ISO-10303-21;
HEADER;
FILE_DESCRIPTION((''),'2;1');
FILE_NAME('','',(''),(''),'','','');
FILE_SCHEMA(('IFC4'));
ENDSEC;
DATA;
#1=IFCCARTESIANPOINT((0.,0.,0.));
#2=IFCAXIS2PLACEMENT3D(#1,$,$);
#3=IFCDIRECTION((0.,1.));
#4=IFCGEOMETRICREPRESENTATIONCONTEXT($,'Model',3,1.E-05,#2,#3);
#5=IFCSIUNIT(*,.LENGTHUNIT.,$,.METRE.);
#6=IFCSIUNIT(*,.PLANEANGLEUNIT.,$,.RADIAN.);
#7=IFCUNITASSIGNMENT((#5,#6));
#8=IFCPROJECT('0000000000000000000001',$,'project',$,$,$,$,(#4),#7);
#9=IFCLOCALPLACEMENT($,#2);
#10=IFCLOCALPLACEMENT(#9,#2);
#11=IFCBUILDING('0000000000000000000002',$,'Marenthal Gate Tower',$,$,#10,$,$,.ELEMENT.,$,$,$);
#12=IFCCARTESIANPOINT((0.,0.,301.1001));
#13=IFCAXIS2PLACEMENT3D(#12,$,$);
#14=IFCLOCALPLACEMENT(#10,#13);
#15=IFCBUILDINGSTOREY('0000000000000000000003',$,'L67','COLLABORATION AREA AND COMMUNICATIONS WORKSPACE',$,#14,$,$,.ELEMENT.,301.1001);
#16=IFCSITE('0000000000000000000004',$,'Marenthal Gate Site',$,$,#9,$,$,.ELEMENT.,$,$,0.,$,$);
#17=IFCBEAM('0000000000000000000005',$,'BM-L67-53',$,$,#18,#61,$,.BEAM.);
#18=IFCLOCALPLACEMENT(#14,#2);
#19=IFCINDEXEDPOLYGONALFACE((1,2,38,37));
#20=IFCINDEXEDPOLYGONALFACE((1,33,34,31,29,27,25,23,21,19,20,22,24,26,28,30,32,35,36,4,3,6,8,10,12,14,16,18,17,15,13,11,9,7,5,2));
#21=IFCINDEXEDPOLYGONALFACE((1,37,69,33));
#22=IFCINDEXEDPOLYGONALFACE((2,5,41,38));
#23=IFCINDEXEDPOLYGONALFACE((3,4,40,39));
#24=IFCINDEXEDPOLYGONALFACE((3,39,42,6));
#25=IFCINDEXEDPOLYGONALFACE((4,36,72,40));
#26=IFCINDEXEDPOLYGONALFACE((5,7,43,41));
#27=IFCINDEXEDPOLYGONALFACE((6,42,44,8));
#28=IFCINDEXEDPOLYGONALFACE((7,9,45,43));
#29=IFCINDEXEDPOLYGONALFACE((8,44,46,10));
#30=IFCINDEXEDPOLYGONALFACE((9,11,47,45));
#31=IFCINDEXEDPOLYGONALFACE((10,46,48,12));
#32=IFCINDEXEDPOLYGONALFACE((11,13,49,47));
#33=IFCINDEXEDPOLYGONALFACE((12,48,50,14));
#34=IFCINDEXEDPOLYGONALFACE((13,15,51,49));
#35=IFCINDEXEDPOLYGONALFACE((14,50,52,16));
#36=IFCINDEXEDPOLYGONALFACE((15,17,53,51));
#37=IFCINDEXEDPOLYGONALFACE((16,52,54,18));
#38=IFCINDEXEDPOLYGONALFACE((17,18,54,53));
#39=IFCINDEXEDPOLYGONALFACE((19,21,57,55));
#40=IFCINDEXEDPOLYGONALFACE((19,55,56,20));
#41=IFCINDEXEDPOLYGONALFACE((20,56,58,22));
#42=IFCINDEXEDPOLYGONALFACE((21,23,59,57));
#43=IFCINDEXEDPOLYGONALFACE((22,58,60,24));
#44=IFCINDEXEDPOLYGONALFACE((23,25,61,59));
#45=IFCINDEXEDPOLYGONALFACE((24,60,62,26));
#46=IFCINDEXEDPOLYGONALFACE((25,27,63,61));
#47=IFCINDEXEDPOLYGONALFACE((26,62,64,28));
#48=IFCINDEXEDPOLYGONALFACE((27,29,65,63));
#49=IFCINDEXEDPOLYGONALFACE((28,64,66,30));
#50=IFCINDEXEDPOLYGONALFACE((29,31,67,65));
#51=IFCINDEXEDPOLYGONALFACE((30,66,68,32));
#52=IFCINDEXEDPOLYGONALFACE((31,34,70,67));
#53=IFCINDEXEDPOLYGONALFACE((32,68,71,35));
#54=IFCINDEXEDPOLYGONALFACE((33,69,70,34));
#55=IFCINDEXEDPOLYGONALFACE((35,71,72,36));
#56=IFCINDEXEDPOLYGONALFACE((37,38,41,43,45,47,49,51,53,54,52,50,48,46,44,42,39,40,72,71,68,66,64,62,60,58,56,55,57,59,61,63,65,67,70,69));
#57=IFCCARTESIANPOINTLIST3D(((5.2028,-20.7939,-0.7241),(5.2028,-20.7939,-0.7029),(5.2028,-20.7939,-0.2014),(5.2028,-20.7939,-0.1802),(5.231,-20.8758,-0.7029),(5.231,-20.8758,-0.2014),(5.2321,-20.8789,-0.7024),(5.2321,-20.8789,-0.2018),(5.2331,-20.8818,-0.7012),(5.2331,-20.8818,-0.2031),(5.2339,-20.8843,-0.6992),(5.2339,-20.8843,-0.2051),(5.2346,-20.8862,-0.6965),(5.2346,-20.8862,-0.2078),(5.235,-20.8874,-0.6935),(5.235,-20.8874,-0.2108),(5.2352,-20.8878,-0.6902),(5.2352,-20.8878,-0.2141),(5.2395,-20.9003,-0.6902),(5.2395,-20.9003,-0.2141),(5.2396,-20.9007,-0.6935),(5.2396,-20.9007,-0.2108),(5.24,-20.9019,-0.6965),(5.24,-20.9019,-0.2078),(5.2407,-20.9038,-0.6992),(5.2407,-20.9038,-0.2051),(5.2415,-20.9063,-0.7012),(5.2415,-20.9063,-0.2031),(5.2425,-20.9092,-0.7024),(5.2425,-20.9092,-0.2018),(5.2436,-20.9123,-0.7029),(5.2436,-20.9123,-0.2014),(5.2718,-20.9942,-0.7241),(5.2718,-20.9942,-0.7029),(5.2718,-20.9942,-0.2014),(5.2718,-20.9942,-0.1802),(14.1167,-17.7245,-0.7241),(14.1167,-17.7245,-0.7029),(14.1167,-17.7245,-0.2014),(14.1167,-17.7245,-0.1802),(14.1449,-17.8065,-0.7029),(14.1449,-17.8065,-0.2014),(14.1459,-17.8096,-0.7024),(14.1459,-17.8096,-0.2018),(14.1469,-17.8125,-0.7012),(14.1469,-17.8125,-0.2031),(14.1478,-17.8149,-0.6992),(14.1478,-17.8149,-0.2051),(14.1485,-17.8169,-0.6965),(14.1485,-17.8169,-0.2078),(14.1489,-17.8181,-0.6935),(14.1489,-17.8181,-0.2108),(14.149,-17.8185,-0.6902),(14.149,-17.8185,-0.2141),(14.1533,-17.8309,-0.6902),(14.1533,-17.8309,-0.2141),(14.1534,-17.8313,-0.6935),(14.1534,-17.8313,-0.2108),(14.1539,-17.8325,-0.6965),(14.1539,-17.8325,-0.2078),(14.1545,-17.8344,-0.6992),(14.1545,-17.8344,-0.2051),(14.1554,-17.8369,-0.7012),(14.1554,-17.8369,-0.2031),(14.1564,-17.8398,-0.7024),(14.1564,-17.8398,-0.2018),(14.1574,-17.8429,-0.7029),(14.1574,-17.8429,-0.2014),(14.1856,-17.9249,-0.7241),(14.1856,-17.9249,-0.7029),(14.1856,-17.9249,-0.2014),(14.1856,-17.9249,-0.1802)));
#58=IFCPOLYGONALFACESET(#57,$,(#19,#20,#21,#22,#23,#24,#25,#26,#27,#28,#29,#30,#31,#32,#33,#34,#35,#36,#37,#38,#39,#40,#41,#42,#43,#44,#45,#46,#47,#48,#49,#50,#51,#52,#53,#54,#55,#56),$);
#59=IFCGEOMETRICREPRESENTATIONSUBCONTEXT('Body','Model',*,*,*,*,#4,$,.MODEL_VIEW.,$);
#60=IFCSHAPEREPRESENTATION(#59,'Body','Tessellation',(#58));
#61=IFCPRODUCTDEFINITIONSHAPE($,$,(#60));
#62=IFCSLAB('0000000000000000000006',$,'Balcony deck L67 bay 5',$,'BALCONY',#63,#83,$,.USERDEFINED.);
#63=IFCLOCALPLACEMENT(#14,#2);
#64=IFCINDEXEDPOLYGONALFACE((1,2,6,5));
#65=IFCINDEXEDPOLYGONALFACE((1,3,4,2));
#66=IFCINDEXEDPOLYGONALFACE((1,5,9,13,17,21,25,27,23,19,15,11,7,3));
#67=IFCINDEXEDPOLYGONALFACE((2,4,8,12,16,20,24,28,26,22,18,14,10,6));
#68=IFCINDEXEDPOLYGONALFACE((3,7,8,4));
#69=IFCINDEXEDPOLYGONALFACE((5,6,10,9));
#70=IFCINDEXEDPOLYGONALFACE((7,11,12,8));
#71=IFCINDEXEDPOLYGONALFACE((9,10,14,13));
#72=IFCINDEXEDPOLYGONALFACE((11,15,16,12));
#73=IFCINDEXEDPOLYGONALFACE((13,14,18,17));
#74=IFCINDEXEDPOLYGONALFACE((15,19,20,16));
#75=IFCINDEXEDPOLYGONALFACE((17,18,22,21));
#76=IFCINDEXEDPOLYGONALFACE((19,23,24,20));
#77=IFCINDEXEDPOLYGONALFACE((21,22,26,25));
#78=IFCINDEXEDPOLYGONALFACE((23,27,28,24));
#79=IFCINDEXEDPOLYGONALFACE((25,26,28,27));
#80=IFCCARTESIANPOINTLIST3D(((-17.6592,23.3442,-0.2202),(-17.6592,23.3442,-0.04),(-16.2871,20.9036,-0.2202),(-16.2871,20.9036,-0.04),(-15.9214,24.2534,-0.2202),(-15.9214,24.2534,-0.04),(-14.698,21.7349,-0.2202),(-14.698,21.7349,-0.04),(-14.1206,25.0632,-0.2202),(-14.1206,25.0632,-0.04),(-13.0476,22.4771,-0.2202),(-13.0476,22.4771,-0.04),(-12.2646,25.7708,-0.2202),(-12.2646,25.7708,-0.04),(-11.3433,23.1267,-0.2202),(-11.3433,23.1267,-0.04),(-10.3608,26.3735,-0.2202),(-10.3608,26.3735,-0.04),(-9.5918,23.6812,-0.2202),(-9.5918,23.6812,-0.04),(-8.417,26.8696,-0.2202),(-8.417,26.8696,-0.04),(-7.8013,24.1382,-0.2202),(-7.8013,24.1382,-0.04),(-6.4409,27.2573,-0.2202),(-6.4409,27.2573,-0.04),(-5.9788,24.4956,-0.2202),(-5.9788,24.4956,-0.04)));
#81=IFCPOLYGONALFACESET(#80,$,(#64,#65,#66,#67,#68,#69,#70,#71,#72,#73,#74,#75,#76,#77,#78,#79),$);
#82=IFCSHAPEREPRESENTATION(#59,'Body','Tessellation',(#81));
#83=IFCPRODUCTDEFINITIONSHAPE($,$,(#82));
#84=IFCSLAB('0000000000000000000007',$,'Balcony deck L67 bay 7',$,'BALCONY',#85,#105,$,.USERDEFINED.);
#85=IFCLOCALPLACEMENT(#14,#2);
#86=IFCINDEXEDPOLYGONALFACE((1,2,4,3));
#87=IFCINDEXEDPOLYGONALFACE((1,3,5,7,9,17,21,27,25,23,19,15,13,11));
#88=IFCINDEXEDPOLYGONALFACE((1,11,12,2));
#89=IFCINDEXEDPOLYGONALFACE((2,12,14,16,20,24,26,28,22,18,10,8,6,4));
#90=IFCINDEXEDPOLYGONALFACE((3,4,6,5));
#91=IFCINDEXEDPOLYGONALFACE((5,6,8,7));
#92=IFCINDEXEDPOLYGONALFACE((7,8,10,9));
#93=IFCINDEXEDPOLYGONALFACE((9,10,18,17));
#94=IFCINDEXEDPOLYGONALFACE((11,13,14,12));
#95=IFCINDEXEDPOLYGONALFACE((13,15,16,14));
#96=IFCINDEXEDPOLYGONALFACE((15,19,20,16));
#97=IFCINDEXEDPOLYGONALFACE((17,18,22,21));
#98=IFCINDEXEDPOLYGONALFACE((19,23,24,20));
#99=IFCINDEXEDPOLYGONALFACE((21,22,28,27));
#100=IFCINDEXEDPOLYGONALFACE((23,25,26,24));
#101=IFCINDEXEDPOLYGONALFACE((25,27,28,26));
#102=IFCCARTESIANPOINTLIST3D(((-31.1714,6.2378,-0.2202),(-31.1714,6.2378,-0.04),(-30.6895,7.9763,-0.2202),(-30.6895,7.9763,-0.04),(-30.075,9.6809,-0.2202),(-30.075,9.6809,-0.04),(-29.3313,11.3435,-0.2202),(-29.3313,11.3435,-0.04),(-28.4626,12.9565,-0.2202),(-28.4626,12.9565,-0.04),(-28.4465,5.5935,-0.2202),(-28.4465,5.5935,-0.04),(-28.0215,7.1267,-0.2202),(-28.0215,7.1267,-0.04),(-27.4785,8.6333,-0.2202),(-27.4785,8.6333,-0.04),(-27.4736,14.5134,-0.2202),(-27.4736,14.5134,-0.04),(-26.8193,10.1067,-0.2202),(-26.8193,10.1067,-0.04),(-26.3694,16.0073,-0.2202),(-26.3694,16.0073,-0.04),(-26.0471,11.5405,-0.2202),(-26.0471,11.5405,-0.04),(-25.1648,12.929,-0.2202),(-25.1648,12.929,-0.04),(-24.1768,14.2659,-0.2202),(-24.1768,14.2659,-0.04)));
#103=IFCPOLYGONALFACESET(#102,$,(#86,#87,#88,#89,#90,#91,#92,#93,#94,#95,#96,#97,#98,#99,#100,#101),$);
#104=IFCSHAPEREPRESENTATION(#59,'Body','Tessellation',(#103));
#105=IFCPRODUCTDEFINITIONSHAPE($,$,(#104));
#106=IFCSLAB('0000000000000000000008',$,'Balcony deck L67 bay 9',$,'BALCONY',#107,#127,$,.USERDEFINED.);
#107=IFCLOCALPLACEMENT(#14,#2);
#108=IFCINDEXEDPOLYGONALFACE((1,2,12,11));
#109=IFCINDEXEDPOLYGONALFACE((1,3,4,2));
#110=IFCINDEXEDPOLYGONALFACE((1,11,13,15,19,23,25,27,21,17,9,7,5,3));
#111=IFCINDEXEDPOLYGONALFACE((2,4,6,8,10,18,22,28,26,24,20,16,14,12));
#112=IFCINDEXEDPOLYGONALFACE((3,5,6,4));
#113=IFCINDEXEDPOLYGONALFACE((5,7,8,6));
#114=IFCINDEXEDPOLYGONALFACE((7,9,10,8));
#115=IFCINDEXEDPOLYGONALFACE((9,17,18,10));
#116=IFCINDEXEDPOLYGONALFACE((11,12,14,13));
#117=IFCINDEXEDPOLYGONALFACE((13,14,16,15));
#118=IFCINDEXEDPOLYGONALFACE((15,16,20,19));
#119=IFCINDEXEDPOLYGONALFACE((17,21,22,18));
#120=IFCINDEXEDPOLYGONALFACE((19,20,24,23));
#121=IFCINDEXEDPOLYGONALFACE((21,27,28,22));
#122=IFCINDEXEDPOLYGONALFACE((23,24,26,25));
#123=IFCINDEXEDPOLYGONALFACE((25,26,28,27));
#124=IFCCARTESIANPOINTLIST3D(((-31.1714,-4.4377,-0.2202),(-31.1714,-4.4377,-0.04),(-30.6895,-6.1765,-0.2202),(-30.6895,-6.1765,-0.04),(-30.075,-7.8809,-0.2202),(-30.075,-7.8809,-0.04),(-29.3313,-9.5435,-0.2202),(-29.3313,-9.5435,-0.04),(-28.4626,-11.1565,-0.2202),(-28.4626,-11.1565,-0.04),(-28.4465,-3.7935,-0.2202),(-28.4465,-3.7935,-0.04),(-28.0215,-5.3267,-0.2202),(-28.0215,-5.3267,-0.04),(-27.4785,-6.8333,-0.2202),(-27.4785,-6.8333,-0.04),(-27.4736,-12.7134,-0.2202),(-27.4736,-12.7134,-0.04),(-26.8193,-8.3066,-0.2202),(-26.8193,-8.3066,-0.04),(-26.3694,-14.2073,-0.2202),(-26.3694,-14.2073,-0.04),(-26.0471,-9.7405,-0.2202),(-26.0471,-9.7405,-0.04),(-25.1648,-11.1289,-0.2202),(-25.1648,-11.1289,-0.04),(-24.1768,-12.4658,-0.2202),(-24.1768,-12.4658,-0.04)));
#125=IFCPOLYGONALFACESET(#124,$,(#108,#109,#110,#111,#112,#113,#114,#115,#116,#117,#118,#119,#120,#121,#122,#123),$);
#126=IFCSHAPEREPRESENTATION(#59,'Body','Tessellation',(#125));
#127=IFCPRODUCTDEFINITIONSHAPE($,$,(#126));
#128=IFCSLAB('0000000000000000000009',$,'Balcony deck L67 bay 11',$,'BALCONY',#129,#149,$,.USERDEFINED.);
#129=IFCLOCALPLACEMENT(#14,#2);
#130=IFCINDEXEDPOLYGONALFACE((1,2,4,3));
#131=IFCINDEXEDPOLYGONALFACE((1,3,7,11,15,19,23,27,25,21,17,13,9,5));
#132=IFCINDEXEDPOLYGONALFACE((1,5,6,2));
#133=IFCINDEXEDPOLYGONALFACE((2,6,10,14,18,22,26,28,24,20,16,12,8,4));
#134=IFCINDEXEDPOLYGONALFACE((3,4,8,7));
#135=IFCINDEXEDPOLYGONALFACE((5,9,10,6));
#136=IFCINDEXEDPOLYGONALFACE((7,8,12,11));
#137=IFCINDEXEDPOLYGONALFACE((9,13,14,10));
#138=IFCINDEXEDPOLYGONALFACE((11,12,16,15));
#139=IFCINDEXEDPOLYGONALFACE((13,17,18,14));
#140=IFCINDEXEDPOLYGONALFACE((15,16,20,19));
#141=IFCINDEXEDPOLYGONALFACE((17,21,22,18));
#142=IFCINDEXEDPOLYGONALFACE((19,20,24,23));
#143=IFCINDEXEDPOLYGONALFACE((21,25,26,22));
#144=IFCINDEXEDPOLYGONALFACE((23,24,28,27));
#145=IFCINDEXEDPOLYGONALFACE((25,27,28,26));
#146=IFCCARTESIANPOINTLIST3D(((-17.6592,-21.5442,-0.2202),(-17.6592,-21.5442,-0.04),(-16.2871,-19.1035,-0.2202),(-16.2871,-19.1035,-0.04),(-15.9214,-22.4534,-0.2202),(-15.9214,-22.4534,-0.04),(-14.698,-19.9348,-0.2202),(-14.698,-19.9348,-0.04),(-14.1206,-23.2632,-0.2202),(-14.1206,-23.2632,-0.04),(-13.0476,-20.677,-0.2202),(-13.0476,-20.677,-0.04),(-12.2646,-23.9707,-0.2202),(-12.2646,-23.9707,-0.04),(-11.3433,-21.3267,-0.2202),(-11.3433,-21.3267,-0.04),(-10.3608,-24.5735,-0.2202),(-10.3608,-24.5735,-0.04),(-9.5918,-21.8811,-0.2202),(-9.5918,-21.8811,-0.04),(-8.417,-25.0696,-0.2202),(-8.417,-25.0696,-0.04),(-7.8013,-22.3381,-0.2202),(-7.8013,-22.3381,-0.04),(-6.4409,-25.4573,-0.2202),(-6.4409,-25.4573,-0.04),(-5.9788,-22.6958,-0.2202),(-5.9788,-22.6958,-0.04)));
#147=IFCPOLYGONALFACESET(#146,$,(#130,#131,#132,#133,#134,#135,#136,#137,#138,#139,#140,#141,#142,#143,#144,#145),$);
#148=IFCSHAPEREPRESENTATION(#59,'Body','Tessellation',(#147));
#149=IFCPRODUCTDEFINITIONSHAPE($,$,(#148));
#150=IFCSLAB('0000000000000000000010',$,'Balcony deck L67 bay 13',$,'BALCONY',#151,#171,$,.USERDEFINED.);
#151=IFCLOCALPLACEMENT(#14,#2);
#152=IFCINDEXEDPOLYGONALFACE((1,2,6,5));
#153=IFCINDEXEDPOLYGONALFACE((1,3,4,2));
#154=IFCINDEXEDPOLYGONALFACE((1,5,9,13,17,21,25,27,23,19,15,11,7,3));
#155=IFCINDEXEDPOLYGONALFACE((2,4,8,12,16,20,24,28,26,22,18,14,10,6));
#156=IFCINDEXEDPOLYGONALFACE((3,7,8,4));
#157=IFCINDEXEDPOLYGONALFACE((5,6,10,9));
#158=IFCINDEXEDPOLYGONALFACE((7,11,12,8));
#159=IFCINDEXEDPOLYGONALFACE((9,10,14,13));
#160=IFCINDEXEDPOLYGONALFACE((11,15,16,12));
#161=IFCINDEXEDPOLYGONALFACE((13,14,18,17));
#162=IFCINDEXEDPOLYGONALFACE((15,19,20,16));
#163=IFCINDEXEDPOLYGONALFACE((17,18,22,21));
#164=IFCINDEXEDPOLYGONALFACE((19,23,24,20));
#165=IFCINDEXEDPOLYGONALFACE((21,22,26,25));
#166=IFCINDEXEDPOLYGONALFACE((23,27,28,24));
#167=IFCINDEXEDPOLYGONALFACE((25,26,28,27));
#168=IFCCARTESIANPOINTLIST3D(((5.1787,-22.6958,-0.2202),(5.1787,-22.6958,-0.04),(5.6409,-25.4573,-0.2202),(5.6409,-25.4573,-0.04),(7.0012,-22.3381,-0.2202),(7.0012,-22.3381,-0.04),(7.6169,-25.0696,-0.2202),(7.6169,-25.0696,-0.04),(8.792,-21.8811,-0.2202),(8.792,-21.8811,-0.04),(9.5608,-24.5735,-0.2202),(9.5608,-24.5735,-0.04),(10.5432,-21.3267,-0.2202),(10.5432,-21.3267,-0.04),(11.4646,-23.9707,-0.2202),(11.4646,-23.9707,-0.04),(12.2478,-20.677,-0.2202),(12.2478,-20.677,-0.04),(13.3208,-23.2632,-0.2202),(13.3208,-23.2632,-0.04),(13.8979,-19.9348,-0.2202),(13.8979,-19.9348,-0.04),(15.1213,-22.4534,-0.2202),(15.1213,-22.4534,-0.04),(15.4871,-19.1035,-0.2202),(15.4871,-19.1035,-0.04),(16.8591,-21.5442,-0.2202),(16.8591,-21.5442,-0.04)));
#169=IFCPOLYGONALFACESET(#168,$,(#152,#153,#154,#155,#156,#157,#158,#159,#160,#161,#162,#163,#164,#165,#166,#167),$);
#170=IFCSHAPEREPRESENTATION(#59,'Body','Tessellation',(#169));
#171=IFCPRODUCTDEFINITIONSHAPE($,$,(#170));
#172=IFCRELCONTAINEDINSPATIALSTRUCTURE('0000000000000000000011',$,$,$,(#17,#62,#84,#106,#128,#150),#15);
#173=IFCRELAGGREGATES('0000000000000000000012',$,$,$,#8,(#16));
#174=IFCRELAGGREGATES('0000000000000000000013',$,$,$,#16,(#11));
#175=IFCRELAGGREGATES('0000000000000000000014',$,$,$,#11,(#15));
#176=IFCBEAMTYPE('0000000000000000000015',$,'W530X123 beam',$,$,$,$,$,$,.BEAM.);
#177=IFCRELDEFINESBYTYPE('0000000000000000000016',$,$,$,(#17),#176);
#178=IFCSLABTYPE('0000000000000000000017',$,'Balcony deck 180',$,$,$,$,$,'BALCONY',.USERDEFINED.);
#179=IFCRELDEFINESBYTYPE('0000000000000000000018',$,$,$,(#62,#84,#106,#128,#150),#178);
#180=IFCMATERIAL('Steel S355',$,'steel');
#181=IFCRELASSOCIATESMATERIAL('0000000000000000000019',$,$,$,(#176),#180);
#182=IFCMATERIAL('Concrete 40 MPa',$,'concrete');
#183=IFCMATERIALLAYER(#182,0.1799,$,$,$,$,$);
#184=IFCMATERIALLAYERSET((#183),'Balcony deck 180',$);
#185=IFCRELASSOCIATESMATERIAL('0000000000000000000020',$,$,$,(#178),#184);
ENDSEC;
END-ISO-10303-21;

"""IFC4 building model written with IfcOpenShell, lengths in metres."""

from ifc_helpers import new_model, si_unit, direction, frame, origin, origin_2d, place, context, subcontext, project, spatial, polyline, i_section, outline, extrude, material, layer, layer_set, material_profile, profile_set, type_object, element, save


model = new_model("IFC4")

# Units and contexts
model_context = context("Model", 3, precision=1e-05, world=origin(), true_north=direction((0.0, 1.0)))
body_context = subcontext(model_context, "Body", "Model", "MODEL_VIEW")
ifc_project = project(units=[si_unit("LENGTHUNIT", "METRE"), si_unit("PLANEANGLEUNIT", "RADIAN")], contexts=[model_context])

# Site, building, storey
site_placement = place(None, origin())
site = spatial("IfcSite", under=ifc_project, at=site_placement, Name="Marenthal Gate Site", CompositionType="ELEMENT", RefElevation=0.0)
building_placement = place(site_placement, origin())
building = spatial("IfcBuilding", under=site, at=building_placement, Name="Marenthal Gate Tower", CompositionType="ELEMENT")
storey_placement = place(building_placement, frame((0.0, 0.0, 301.1001)))
storey = spatial("IfcBuildingStorey", under=building, at=storey_placement, Name="L67", Description="COLLABORATION AREA AND COMMUNICATIONS WORKSPACE", CompositionType="ELEMENT", Elevation=301.1001)

# Beam
ifc_material_1 = material(Name="Steel S355", Category="steel")
ifc_material_profile_1 = material_profile(ifc_material_1, i_section(OverallWidth=0.2119, OverallDepth=0.5439, WebThickness=0.0132, FlangeThickness=0.0212, FilletRadius=0.0127, at=origin_2d()), Name="W530X123")
ifc_profile_set_1 = profile_set([ifc_material_profile_1], Name="Steel S355")
beam_type_1 = type_object("IfcBeamType", Name="W530X123 beam", PredefinedType="BEAM", material=ifc_profile_set_1)
beam_1_placement = place(storey_placement, frame((5.2373, -20.894, -0.4521), z_axis=(0.945517, 0.325574, 0.0), x_axis=(-0.325574, 0.945517, 0.0)))
element("IfcBeam", 1, at=beam_1_placement, inside=storey, type_object=beam_type_1, Name="BM-L67-53", PredefinedType="BEAM", context=body_context, shape_type="SweptSolid", body=[
    extrude(i_section(OverallWidth=0.2119, OverallDepth=0.5439, WebThickness=0.0132, FlangeThickness=0.0212, FilletRadius=0.0127, at=origin_2d()), origin(), (0.0, 0.0, 1.0), 9.4275),
])

# Slabs
ifc_material_2 = material(Name="Concrete 40 MPa", Category="concrete")
ifc_layer_1 = layer(ifc_material_2, 0.1799)
ifc_layer_set_1 = layer_set([ifc_layer_1], Name="Balcony deck 180")
slab_type_1 = type_object("IfcSlabType", Name="Balcony deck 180", ElementType="BALCONY", PredefinedType="USERDEFINED", material=ifc_layer_set_1)
slab_1_placement = place(storey_placement, frame((0.0, 0.0, -0.2202)))
element("IfcSlab", 2, at=slab_1_placement, inside=storey, type_object=slab_type_1, Name="Balcony deck L67 bay 5", ObjectType="BALCONY", PredefinedType="USERDEFINED", context=body_context, shape_type="SweptSolid", body=[
    extrude(outline(polyline([(-5.9788, 24.4956), (-7.8013, 24.1382), (-9.5918, 23.6812), (-11.3433, 23.1267), (-13.0476, 22.4771), (-14.698, 21.7349), (-16.2871, 20.9036), (-17.6592, 23.3442), (-15.9214, 24.2534), (-14.1206, 25.0632), (-12.2646, 25.7708), (-10.3608, 26.3735), (-8.417, 26.8696), (-6.4409, 27.2573), (-5.9788, 24.4956)])), origin(), (0.0, 0.0, 1.0), 0.1802),
])
slab_2_placement = place(storey_placement, frame((0.0, 0.0, -0.2202)))
element("IfcSlab", 3, at=slab_2_placement, inside=storey, type_object=slab_type_1, Name="Balcony deck L67 bay 7", ObjectType="BALCONY", PredefinedType="USERDEFINED", context=body_context, shape_type="SweptSolid", body=[
    extrude(outline(polyline([(-24.1768, 14.2659), (-25.1648, 12.929), (-26.0471, 11.5405), (-26.8193, 10.1067), (-27.4785, 8.6333), (-28.0215, 7.1267), (-28.4465, 5.5935), (-31.1714, 6.2378), (-30.6895, 7.9763), (-30.075, 9.6809), (-29.3313, 11.3435), (-28.4626, 12.9565), (-27.4736, 14.5134), (-26.3694, 16.0073), (-24.1768, 14.2659)])), origin(), (0.0, 0.0, 1.0), 0.1802),
])
slab_3_placement = place(storey_placement, frame((0.0, 0.0, -0.2202)))
element("IfcSlab", 4, at=slab_3_placement, inside=storey, type_object=slab_type_1, Name="Balcony deck L67 bay 9", ObjectType="BALCONY", PredefinedType="USERDEFINED", context=body_context, shape_type="SweptSolid", body=[
    extrude(outline(polyline([(-28.4465, -3.7935), (-28.0215, -5.3267), (-27.4785, -6.8333), (-26.8193, -8.3066), (-26.0471, -9.7405), (-25.1648, -11.1289), (-24.1768, -12.4658), (-26.3694, -14.2073), (-27.4736, -12.7134), (-28.4626, -11.1565), (-29.3313, -9.5435), (-30.075, -7.8809), (-30.6895, -6.1765), (-31.1714, -4.4377), (-28.4465, -3.7935)])), origin(), (0.0, 0.0, 1.0), 0.1802),
])
slab_4_placement = place(storey_placement, frame((0.0, 0.0, -0.2202)))
element("IfcSlab", 5, at=slab_4_placement, inside=storey, type_object=slab_type_1, Name="Balcony deck L67 bay 11", ObjectType="BALCONY", PredefinedType="USERDEFINED", context=body_context, shape_type="SweptSolid", body=[
    extrude(outline(polyline([(-16.2871, -19.1035), (-14.698, -19.9348), (-13.0476, -20.677), (-11.3433, -21.3267), (-9.5918, -21.8811), (-7.8013, -22.3381), (-5.9788, -22.6958), (-6.4409, -25.4573), (-8.417, -25.0696), (-10.3608, -24.5735), (-12.2646, -23.9707), (-14.1206, -23.2632), (-15.9214, -22.4534), (-17.6592, -21.5442), (-16.2871, -19.1035)])), origin(), (0.0, 0.0, 1.0), 0.1802),
])
slab_5_placement = place(storey_placement, frame((0.0, 0.0, -0.2202)))
element("IfcSlab", 6, at=slab_5_placement, inside=storey, type_object=slab_type_1, Name="Balcony deck L67 bay 13", ObjectType="BALCONY", PredefinedType="USERDEFINED", context=body_context, shape_type="SweptSolid", body=[
    extrude(outline(polyline([(5.1787, -22.6958), (7.0012, -22.3381), (8.792, -21.8811), (10.5432, -21.3267), (12.2478, -20.677), (13.8979, -19.9348), (15.4871, -19.1035), (16.8591, -21.5442), (15.1213, -22.4534), (13.3208, -23.2632), (11.4646, -23.9707), (9.5608, -24.5735), (7.6169, -25.0696), (5.6409, -25.4573), (5.1787, -22.6958)])), origin(), (0.0, 0.0, 1.0), 0.1802),
])

save(model, "model.ifc")
